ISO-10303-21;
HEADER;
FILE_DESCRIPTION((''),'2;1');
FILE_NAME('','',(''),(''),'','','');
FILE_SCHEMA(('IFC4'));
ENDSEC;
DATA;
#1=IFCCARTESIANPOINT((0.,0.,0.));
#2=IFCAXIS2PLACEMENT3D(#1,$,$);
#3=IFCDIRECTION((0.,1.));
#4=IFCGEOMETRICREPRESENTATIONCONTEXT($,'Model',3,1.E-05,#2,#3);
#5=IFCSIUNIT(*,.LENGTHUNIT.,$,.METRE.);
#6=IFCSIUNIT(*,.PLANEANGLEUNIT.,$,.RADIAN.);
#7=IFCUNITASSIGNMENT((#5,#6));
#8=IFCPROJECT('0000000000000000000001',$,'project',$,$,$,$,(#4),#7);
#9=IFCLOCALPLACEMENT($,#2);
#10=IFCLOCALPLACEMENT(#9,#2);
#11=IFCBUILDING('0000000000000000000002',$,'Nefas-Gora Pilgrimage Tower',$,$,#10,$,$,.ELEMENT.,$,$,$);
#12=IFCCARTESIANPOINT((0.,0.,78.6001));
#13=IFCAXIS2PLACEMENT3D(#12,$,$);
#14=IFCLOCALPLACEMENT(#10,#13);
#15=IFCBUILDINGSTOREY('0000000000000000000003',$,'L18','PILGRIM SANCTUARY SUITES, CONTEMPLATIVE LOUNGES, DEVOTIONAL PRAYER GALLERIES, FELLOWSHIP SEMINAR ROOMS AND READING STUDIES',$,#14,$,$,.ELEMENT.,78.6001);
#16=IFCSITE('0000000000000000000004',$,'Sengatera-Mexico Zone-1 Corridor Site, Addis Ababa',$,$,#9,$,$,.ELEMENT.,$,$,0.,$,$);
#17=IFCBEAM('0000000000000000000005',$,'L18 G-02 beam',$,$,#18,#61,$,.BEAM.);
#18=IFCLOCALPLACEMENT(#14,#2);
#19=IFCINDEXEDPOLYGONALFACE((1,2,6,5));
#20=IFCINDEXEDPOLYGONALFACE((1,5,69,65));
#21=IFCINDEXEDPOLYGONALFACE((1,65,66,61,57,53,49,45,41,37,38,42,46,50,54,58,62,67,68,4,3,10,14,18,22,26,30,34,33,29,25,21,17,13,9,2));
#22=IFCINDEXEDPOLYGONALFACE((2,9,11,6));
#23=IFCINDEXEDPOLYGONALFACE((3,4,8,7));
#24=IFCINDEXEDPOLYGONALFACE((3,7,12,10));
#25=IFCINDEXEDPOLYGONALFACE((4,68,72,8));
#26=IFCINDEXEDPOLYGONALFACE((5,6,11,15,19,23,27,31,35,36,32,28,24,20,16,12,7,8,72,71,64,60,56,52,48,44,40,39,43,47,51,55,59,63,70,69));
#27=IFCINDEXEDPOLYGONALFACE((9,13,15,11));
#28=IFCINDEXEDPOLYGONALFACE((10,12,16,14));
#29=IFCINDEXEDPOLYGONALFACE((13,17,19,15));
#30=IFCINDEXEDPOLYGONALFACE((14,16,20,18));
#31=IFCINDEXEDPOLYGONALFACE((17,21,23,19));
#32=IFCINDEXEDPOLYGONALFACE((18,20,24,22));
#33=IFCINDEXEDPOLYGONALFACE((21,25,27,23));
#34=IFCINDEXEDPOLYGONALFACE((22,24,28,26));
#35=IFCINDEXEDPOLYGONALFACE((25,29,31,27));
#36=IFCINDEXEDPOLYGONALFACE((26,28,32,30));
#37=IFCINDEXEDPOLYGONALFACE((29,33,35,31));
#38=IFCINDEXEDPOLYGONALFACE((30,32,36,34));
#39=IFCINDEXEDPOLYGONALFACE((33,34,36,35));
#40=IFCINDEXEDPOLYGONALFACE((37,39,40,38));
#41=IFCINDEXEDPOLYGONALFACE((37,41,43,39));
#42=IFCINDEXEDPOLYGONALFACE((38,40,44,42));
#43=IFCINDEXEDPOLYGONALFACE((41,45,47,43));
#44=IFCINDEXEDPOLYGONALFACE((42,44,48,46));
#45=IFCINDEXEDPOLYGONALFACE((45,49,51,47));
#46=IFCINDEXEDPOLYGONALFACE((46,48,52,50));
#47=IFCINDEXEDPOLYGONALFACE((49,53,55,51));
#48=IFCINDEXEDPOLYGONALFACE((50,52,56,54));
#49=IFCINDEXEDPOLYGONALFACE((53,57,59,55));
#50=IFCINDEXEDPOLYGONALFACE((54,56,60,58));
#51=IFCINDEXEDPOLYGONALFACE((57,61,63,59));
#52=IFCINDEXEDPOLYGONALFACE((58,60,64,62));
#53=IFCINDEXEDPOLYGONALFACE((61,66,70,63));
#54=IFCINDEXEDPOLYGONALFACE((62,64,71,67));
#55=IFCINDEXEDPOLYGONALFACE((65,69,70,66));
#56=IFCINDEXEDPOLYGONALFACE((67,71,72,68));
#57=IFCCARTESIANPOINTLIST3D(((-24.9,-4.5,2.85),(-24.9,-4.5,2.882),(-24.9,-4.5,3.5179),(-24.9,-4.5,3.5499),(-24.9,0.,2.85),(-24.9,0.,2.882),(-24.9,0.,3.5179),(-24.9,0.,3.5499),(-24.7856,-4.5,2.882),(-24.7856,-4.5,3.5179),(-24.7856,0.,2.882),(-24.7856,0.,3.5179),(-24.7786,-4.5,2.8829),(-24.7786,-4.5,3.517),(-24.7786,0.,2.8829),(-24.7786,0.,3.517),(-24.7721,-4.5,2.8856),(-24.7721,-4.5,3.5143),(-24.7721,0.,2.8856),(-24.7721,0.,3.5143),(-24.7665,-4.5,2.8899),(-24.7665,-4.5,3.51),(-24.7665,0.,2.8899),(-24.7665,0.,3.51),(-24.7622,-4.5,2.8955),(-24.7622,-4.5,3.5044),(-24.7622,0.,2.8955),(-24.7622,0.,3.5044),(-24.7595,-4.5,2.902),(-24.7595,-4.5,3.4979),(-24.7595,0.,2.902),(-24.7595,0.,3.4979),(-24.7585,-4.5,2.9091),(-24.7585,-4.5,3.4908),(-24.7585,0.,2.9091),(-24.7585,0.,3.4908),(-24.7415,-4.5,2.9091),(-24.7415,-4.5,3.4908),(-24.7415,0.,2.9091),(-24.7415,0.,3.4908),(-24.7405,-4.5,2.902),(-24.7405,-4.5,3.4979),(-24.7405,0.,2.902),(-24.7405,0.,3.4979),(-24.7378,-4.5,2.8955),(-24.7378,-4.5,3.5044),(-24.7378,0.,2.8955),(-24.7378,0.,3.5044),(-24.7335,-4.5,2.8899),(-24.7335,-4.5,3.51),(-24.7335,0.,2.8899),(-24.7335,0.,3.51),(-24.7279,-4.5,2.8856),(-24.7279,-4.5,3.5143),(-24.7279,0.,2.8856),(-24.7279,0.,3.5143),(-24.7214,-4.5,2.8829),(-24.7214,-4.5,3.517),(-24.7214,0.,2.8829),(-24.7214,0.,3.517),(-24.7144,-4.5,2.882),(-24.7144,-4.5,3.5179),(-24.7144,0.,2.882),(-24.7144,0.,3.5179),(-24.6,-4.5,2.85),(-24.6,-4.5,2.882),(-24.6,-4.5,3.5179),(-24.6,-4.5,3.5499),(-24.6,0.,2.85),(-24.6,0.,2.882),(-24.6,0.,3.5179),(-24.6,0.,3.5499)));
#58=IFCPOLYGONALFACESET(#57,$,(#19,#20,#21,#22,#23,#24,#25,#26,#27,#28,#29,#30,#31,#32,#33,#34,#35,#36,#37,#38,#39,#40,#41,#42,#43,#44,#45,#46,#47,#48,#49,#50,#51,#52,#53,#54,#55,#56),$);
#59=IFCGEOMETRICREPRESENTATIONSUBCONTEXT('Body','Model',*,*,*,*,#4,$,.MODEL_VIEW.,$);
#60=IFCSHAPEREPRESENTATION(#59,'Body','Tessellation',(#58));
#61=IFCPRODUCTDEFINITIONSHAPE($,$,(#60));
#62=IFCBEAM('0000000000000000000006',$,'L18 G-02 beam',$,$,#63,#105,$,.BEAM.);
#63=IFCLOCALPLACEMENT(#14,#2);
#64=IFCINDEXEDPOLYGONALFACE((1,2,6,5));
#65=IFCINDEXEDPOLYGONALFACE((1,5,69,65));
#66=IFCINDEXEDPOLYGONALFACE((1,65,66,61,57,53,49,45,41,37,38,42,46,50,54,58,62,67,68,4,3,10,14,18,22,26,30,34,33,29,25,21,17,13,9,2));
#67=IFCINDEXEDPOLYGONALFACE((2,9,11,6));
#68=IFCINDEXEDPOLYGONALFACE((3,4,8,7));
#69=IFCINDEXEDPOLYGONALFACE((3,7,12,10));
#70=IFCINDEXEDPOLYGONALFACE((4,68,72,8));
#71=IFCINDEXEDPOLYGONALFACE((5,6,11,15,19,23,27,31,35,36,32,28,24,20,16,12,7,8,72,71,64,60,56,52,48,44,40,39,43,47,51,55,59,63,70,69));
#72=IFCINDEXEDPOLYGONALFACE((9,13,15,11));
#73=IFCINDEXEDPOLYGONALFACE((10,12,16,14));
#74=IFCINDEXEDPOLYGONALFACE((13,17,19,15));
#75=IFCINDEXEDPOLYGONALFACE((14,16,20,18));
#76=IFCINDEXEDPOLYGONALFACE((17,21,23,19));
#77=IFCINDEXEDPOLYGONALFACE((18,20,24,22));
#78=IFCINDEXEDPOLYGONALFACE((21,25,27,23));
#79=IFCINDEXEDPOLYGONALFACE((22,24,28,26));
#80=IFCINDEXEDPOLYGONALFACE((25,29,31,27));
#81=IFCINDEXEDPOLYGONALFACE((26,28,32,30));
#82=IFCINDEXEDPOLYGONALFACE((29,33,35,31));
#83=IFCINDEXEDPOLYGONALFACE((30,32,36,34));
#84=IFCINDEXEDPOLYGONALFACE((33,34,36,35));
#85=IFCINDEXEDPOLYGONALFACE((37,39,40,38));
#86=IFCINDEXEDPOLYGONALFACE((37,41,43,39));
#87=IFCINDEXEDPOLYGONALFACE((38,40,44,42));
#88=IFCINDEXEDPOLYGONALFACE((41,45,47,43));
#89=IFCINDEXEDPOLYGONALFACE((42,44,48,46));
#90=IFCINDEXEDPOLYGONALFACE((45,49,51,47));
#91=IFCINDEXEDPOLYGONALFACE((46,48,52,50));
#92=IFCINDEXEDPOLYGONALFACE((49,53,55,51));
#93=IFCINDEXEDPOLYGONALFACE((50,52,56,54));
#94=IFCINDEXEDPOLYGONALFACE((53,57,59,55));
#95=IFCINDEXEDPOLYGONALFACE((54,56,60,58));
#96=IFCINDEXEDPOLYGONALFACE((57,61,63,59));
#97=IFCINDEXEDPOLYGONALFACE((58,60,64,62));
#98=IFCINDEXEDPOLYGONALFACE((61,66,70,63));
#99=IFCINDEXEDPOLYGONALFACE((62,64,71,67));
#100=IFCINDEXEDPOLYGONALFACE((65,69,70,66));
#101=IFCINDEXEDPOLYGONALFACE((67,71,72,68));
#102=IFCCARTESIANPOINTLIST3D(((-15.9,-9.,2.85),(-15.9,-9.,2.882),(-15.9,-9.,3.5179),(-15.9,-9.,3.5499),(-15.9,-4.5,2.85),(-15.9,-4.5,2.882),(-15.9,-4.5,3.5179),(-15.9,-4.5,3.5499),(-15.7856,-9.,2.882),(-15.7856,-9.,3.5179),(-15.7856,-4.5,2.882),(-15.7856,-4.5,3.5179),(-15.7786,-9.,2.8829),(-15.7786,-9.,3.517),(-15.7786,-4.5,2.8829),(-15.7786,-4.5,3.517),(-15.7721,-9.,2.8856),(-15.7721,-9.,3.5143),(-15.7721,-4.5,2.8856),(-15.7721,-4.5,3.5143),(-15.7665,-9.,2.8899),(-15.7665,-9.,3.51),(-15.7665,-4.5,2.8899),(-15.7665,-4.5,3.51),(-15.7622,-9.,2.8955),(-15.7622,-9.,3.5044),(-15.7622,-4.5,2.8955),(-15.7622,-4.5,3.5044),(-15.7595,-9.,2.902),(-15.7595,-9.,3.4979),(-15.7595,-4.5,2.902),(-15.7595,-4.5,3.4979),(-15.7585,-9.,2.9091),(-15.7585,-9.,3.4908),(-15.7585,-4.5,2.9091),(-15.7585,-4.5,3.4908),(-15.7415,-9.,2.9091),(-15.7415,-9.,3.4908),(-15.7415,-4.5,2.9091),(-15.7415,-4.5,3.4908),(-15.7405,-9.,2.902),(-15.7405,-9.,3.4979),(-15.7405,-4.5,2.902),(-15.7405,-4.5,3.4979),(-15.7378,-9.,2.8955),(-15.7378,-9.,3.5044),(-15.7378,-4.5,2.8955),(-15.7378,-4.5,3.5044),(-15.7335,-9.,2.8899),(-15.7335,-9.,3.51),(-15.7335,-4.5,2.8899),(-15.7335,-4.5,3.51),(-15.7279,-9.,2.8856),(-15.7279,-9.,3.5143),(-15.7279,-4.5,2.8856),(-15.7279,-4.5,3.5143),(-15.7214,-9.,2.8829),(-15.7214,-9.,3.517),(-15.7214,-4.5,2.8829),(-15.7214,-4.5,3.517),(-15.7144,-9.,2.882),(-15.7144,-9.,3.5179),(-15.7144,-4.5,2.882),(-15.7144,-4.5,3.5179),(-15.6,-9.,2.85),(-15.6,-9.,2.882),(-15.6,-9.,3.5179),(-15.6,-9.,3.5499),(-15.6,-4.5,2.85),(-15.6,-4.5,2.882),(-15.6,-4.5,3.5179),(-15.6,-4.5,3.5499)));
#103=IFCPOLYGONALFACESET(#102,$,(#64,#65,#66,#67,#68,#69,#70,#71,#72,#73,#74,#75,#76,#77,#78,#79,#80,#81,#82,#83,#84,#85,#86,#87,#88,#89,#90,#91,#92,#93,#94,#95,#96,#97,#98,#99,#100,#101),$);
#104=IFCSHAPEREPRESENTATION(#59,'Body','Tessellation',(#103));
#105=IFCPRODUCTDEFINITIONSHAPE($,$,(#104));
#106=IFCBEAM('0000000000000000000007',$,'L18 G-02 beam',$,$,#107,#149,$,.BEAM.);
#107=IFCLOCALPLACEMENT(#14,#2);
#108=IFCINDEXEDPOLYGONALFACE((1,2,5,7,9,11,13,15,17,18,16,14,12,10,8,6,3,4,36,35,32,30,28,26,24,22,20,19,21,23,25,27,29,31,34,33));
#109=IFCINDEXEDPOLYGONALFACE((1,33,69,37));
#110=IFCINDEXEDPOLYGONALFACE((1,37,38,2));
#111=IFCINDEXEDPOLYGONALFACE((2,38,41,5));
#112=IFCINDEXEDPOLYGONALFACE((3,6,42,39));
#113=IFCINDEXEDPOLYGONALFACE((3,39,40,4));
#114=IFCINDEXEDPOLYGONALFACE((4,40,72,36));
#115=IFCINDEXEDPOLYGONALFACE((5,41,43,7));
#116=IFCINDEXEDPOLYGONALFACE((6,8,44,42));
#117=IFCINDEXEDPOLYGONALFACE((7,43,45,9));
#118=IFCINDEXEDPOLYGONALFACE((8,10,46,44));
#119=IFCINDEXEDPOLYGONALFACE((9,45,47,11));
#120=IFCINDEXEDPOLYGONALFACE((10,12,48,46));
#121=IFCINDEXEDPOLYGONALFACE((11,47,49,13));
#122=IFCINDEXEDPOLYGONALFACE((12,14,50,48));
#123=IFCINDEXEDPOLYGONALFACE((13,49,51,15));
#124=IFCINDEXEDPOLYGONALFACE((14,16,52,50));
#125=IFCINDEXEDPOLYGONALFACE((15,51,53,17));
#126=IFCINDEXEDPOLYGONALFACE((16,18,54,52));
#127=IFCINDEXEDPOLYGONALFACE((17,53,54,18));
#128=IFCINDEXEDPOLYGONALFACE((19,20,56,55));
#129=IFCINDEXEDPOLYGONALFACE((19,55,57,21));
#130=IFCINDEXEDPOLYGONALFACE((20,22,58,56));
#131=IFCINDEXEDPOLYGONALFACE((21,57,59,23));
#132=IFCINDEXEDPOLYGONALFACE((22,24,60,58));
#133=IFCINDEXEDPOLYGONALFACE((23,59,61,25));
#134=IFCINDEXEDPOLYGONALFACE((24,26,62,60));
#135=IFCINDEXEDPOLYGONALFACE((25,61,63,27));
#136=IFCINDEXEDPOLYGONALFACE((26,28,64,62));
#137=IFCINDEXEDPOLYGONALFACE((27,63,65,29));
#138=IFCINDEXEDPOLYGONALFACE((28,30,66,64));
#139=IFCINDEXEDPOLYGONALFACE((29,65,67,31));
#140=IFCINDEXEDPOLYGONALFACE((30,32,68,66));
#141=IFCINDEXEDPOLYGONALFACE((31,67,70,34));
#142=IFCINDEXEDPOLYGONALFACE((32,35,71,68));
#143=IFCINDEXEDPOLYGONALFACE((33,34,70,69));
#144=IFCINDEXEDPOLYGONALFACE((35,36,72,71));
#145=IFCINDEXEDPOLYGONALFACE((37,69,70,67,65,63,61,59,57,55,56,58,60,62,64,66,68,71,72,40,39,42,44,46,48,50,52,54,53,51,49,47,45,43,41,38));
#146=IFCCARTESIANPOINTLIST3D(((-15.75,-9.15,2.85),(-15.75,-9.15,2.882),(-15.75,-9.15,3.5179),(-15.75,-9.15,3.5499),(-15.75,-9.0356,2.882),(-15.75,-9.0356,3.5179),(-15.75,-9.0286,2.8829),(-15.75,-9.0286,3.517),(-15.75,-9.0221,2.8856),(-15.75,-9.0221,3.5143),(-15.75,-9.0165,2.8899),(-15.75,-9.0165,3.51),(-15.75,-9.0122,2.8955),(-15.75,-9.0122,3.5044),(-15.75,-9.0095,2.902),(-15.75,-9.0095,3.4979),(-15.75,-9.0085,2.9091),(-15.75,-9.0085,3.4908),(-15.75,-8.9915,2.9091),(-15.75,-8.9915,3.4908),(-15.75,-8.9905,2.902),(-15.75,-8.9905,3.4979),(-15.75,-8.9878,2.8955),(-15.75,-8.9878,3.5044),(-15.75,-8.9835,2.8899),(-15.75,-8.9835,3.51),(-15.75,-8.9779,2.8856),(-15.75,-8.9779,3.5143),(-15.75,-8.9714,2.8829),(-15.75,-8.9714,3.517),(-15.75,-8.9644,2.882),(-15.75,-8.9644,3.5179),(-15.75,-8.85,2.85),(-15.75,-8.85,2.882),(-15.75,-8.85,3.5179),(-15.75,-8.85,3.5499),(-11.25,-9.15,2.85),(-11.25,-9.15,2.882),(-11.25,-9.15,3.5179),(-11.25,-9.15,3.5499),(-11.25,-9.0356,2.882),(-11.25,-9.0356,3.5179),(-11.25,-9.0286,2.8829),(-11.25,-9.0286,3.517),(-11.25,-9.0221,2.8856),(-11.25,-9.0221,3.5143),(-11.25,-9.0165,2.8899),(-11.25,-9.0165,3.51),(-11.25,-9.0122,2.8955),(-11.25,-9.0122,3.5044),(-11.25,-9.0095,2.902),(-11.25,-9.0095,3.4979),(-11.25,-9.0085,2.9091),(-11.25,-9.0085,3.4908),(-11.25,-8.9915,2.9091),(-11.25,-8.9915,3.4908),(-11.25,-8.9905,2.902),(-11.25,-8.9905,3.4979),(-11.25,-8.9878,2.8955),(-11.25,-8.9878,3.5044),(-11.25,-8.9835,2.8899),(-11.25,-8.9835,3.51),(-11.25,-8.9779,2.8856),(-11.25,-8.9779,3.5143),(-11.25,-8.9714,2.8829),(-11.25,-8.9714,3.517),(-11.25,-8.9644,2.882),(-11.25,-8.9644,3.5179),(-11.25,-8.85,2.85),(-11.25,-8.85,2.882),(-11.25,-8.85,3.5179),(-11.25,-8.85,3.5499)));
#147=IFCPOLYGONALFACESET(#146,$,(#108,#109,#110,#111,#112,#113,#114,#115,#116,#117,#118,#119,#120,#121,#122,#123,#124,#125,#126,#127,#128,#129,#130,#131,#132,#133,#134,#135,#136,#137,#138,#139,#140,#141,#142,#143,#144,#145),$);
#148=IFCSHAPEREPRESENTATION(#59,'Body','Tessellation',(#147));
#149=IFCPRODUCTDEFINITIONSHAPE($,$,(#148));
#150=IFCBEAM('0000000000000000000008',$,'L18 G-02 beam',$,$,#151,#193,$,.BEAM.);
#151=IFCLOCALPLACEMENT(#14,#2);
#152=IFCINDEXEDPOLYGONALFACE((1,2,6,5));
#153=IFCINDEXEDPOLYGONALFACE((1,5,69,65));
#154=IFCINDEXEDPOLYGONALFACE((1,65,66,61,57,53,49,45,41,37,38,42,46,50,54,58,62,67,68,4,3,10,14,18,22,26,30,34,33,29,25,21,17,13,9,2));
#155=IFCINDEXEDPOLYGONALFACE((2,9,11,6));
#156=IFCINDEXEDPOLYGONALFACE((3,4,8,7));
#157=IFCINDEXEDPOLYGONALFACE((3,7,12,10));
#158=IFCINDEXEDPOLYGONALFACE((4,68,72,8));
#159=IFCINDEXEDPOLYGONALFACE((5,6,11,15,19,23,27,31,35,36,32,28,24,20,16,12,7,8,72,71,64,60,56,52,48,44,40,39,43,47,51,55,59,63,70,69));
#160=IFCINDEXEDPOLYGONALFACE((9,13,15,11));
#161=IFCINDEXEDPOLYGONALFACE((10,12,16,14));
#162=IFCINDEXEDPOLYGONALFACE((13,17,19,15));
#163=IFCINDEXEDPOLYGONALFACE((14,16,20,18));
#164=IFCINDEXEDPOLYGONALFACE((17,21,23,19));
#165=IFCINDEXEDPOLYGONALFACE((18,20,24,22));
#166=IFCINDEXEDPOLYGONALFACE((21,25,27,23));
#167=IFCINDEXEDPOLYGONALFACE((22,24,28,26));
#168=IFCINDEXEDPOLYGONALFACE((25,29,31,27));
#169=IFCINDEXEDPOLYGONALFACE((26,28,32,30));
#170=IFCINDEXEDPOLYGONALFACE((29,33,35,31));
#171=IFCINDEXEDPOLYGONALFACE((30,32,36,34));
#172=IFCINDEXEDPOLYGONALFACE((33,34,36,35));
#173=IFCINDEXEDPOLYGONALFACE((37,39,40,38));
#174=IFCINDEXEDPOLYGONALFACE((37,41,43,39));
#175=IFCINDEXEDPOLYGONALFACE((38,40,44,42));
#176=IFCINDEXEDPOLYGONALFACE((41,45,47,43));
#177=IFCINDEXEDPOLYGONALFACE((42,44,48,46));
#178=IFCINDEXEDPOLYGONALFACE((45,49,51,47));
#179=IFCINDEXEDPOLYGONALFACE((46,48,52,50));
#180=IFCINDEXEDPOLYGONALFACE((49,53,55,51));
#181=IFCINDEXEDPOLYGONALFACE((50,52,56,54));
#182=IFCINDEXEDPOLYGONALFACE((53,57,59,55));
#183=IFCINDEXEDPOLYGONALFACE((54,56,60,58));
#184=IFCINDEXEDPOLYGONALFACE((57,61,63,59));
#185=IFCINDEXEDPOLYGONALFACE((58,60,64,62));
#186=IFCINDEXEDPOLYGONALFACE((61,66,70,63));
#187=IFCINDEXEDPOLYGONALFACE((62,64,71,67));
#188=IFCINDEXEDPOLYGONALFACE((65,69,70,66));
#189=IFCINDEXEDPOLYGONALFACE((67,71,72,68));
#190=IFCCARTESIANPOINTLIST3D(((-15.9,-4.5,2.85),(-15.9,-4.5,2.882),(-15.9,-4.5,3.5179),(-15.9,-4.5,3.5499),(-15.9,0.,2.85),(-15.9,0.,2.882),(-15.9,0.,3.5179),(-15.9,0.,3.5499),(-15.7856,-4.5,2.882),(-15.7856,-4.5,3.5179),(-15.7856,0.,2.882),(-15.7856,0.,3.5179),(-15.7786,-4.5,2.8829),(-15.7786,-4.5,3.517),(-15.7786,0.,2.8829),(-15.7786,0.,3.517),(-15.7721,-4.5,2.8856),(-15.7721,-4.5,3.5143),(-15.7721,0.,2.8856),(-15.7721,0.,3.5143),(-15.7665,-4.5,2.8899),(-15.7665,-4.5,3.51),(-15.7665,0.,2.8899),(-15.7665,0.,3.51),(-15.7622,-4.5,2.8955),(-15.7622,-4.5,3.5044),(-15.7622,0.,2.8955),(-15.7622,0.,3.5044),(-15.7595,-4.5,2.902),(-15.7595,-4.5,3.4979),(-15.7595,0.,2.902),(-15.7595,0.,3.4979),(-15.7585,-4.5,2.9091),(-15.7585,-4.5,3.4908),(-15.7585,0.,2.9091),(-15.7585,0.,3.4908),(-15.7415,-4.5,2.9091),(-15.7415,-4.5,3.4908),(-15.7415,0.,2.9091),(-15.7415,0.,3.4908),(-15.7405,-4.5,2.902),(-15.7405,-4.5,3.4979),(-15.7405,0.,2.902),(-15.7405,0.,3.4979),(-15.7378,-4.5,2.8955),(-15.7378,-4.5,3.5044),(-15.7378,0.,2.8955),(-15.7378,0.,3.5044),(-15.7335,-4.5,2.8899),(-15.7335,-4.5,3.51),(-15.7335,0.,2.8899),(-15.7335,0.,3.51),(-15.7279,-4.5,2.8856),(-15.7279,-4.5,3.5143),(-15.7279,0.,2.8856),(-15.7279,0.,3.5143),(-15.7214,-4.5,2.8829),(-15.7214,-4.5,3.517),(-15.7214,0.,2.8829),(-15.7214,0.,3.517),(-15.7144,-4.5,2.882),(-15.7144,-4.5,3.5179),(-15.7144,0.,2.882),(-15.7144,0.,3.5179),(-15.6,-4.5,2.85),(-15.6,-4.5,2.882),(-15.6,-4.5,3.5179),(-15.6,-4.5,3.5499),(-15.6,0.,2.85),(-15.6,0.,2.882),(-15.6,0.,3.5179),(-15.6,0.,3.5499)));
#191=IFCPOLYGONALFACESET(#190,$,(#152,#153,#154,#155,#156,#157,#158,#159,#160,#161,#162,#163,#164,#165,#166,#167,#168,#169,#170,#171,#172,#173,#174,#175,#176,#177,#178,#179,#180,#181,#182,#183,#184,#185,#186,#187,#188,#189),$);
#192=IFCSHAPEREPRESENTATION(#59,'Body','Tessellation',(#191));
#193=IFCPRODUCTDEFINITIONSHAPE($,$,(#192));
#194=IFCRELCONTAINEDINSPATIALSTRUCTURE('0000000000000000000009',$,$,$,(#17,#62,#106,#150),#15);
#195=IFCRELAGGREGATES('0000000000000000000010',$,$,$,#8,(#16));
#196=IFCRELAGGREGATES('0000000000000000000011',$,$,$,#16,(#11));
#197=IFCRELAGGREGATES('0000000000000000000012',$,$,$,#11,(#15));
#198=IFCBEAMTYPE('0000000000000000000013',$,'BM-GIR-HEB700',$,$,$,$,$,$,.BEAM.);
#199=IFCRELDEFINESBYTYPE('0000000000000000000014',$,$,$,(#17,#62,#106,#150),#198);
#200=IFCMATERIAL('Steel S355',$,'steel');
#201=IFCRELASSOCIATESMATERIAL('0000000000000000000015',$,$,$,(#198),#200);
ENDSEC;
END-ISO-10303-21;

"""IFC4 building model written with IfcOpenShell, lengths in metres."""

from ifc_helpers import new_model, si_unit, direction, frame, origin, origin_2d, place, context, subcontext, project, spatial, i_section, extrude, source, transform, mapped, material, material_profile, profile_set, type_object, element, save


model = new_model("IFC4")

# Units and contexts
model_context = context("Model", 3, precision=1e-05, world=origin(), true_north=direction((0.0, 1.0)))
body_context = subcontext(model_context, "Body", "Model", "MODEL_VIEW")
ifc_project = project(units=[si_unit("LENGTHUNIT", "METRE"), si_unit("PLANEANGLEUNIT", "RADIAN")], contexts=[model_context])

# Site, building, storey
site_placement = place(None, origin())
site = spatial("IfcSite", under=ifc_project, at=site_placement, Name="Sengatera-Mexico Zone-1 Corridor Site, Addis Ababa", CompositionType="ELEMENT", RefElevation=0.0)
building_placement = place(site_placement, origin())
building = spatial("IfcBuilding", under=site, at=building_placement, Name="Nefas-Gora Pilgrimage Tower", CompositionType="ELEMENT")
storey_placement = place(building_placement, frame((0.0, 0.0, 78.6001)))
storey = spatial("IfcBuildingStorey", under=building, at=storey_placement, Name="L18", Description="PILGRIM SANCTUARY SUITES, CONTEMPLATIVE LOUNGES, DEVOTIONAL PRAYER GALLERIES, FELLOWSHIP SEMINAR ROOMS AND READING STUDIES", CompositionType="ELEMENT", Elevation=78.6001)

# Beams
ifc_material_1 = material(Name="Steel S355", Category="steel")
ifc_material_profile_1 = material_profile(ifc_material_1, i_section(OverallWidth=0.3, OverallDepth=0.7, WebThickness=0.0171, FlangeThickness=0.032, FilletRadius=0.0271, at=origin_2d()), Name="HEB 700")
ifc_profile_set_1 = profile_set([ifc_material_profile_1], Name="Steel S355")
beam_type_1 = type_object("IfcBeamType", Name="BM-GIR-HEB700", PredefinedType="BEAM", material=ifc_profile_set_1)
shared_shape_1 = source(origin(), body_context, "Body", "SweptSolid", [
    extrude(i_section(OverallWidth=0.3, OverallDepth=0.7, WebThickness=0.0171, FlangeThickness=0.032, FilletRadius=0.0271, at=origin_2d()), origin(), (0.0, 0.0, 1.0), 4.5),
])
for number, where, z_axis, x_axis, name in (
    (1, (-24.75, -4.5, 3.2), (0.0, 1.0, 0.0), (-1.0, 0.0, 0.0), "L18 G-02 beam"),
    (2, (-15.75, -9.0, 3.2), (0.0, 1.0, 0.0), (-1.0, 0.0, 0.0), "L18 G-02 beam"),
    (3, (-15.75, -9.0, 3.2), (1.0, 0.0, 0.0), (0.0, 1.0, 0.0), "L18 G-02 beam"),
    (4, (-15.75, -4.5, 3.2), (0.0, 1.0, 0.0), (-1.0, 0.0, 0.0), "L18 G-02 beam"),
):
    element("IfcBeam", number, at=place(storey_placement, frame(where, z_axis=z_axis, x_axis=x_axis)), inside=storey, type_object=beam_type_1, Name=name, PredefinedType="BEAM", context=body_context, shape_type="MappedRepresentation", body=[
        mapped(shared_shape_1, transform((0.0, 0.0, 0.0), x_axis=(1.0, 0.0, 0.0), y_axis=(0.0, 1.0, 0.0), z_axis=(0.0, 0.0, 1.0), scale=1.0)),
    ])

save(model, "model.ifc")
